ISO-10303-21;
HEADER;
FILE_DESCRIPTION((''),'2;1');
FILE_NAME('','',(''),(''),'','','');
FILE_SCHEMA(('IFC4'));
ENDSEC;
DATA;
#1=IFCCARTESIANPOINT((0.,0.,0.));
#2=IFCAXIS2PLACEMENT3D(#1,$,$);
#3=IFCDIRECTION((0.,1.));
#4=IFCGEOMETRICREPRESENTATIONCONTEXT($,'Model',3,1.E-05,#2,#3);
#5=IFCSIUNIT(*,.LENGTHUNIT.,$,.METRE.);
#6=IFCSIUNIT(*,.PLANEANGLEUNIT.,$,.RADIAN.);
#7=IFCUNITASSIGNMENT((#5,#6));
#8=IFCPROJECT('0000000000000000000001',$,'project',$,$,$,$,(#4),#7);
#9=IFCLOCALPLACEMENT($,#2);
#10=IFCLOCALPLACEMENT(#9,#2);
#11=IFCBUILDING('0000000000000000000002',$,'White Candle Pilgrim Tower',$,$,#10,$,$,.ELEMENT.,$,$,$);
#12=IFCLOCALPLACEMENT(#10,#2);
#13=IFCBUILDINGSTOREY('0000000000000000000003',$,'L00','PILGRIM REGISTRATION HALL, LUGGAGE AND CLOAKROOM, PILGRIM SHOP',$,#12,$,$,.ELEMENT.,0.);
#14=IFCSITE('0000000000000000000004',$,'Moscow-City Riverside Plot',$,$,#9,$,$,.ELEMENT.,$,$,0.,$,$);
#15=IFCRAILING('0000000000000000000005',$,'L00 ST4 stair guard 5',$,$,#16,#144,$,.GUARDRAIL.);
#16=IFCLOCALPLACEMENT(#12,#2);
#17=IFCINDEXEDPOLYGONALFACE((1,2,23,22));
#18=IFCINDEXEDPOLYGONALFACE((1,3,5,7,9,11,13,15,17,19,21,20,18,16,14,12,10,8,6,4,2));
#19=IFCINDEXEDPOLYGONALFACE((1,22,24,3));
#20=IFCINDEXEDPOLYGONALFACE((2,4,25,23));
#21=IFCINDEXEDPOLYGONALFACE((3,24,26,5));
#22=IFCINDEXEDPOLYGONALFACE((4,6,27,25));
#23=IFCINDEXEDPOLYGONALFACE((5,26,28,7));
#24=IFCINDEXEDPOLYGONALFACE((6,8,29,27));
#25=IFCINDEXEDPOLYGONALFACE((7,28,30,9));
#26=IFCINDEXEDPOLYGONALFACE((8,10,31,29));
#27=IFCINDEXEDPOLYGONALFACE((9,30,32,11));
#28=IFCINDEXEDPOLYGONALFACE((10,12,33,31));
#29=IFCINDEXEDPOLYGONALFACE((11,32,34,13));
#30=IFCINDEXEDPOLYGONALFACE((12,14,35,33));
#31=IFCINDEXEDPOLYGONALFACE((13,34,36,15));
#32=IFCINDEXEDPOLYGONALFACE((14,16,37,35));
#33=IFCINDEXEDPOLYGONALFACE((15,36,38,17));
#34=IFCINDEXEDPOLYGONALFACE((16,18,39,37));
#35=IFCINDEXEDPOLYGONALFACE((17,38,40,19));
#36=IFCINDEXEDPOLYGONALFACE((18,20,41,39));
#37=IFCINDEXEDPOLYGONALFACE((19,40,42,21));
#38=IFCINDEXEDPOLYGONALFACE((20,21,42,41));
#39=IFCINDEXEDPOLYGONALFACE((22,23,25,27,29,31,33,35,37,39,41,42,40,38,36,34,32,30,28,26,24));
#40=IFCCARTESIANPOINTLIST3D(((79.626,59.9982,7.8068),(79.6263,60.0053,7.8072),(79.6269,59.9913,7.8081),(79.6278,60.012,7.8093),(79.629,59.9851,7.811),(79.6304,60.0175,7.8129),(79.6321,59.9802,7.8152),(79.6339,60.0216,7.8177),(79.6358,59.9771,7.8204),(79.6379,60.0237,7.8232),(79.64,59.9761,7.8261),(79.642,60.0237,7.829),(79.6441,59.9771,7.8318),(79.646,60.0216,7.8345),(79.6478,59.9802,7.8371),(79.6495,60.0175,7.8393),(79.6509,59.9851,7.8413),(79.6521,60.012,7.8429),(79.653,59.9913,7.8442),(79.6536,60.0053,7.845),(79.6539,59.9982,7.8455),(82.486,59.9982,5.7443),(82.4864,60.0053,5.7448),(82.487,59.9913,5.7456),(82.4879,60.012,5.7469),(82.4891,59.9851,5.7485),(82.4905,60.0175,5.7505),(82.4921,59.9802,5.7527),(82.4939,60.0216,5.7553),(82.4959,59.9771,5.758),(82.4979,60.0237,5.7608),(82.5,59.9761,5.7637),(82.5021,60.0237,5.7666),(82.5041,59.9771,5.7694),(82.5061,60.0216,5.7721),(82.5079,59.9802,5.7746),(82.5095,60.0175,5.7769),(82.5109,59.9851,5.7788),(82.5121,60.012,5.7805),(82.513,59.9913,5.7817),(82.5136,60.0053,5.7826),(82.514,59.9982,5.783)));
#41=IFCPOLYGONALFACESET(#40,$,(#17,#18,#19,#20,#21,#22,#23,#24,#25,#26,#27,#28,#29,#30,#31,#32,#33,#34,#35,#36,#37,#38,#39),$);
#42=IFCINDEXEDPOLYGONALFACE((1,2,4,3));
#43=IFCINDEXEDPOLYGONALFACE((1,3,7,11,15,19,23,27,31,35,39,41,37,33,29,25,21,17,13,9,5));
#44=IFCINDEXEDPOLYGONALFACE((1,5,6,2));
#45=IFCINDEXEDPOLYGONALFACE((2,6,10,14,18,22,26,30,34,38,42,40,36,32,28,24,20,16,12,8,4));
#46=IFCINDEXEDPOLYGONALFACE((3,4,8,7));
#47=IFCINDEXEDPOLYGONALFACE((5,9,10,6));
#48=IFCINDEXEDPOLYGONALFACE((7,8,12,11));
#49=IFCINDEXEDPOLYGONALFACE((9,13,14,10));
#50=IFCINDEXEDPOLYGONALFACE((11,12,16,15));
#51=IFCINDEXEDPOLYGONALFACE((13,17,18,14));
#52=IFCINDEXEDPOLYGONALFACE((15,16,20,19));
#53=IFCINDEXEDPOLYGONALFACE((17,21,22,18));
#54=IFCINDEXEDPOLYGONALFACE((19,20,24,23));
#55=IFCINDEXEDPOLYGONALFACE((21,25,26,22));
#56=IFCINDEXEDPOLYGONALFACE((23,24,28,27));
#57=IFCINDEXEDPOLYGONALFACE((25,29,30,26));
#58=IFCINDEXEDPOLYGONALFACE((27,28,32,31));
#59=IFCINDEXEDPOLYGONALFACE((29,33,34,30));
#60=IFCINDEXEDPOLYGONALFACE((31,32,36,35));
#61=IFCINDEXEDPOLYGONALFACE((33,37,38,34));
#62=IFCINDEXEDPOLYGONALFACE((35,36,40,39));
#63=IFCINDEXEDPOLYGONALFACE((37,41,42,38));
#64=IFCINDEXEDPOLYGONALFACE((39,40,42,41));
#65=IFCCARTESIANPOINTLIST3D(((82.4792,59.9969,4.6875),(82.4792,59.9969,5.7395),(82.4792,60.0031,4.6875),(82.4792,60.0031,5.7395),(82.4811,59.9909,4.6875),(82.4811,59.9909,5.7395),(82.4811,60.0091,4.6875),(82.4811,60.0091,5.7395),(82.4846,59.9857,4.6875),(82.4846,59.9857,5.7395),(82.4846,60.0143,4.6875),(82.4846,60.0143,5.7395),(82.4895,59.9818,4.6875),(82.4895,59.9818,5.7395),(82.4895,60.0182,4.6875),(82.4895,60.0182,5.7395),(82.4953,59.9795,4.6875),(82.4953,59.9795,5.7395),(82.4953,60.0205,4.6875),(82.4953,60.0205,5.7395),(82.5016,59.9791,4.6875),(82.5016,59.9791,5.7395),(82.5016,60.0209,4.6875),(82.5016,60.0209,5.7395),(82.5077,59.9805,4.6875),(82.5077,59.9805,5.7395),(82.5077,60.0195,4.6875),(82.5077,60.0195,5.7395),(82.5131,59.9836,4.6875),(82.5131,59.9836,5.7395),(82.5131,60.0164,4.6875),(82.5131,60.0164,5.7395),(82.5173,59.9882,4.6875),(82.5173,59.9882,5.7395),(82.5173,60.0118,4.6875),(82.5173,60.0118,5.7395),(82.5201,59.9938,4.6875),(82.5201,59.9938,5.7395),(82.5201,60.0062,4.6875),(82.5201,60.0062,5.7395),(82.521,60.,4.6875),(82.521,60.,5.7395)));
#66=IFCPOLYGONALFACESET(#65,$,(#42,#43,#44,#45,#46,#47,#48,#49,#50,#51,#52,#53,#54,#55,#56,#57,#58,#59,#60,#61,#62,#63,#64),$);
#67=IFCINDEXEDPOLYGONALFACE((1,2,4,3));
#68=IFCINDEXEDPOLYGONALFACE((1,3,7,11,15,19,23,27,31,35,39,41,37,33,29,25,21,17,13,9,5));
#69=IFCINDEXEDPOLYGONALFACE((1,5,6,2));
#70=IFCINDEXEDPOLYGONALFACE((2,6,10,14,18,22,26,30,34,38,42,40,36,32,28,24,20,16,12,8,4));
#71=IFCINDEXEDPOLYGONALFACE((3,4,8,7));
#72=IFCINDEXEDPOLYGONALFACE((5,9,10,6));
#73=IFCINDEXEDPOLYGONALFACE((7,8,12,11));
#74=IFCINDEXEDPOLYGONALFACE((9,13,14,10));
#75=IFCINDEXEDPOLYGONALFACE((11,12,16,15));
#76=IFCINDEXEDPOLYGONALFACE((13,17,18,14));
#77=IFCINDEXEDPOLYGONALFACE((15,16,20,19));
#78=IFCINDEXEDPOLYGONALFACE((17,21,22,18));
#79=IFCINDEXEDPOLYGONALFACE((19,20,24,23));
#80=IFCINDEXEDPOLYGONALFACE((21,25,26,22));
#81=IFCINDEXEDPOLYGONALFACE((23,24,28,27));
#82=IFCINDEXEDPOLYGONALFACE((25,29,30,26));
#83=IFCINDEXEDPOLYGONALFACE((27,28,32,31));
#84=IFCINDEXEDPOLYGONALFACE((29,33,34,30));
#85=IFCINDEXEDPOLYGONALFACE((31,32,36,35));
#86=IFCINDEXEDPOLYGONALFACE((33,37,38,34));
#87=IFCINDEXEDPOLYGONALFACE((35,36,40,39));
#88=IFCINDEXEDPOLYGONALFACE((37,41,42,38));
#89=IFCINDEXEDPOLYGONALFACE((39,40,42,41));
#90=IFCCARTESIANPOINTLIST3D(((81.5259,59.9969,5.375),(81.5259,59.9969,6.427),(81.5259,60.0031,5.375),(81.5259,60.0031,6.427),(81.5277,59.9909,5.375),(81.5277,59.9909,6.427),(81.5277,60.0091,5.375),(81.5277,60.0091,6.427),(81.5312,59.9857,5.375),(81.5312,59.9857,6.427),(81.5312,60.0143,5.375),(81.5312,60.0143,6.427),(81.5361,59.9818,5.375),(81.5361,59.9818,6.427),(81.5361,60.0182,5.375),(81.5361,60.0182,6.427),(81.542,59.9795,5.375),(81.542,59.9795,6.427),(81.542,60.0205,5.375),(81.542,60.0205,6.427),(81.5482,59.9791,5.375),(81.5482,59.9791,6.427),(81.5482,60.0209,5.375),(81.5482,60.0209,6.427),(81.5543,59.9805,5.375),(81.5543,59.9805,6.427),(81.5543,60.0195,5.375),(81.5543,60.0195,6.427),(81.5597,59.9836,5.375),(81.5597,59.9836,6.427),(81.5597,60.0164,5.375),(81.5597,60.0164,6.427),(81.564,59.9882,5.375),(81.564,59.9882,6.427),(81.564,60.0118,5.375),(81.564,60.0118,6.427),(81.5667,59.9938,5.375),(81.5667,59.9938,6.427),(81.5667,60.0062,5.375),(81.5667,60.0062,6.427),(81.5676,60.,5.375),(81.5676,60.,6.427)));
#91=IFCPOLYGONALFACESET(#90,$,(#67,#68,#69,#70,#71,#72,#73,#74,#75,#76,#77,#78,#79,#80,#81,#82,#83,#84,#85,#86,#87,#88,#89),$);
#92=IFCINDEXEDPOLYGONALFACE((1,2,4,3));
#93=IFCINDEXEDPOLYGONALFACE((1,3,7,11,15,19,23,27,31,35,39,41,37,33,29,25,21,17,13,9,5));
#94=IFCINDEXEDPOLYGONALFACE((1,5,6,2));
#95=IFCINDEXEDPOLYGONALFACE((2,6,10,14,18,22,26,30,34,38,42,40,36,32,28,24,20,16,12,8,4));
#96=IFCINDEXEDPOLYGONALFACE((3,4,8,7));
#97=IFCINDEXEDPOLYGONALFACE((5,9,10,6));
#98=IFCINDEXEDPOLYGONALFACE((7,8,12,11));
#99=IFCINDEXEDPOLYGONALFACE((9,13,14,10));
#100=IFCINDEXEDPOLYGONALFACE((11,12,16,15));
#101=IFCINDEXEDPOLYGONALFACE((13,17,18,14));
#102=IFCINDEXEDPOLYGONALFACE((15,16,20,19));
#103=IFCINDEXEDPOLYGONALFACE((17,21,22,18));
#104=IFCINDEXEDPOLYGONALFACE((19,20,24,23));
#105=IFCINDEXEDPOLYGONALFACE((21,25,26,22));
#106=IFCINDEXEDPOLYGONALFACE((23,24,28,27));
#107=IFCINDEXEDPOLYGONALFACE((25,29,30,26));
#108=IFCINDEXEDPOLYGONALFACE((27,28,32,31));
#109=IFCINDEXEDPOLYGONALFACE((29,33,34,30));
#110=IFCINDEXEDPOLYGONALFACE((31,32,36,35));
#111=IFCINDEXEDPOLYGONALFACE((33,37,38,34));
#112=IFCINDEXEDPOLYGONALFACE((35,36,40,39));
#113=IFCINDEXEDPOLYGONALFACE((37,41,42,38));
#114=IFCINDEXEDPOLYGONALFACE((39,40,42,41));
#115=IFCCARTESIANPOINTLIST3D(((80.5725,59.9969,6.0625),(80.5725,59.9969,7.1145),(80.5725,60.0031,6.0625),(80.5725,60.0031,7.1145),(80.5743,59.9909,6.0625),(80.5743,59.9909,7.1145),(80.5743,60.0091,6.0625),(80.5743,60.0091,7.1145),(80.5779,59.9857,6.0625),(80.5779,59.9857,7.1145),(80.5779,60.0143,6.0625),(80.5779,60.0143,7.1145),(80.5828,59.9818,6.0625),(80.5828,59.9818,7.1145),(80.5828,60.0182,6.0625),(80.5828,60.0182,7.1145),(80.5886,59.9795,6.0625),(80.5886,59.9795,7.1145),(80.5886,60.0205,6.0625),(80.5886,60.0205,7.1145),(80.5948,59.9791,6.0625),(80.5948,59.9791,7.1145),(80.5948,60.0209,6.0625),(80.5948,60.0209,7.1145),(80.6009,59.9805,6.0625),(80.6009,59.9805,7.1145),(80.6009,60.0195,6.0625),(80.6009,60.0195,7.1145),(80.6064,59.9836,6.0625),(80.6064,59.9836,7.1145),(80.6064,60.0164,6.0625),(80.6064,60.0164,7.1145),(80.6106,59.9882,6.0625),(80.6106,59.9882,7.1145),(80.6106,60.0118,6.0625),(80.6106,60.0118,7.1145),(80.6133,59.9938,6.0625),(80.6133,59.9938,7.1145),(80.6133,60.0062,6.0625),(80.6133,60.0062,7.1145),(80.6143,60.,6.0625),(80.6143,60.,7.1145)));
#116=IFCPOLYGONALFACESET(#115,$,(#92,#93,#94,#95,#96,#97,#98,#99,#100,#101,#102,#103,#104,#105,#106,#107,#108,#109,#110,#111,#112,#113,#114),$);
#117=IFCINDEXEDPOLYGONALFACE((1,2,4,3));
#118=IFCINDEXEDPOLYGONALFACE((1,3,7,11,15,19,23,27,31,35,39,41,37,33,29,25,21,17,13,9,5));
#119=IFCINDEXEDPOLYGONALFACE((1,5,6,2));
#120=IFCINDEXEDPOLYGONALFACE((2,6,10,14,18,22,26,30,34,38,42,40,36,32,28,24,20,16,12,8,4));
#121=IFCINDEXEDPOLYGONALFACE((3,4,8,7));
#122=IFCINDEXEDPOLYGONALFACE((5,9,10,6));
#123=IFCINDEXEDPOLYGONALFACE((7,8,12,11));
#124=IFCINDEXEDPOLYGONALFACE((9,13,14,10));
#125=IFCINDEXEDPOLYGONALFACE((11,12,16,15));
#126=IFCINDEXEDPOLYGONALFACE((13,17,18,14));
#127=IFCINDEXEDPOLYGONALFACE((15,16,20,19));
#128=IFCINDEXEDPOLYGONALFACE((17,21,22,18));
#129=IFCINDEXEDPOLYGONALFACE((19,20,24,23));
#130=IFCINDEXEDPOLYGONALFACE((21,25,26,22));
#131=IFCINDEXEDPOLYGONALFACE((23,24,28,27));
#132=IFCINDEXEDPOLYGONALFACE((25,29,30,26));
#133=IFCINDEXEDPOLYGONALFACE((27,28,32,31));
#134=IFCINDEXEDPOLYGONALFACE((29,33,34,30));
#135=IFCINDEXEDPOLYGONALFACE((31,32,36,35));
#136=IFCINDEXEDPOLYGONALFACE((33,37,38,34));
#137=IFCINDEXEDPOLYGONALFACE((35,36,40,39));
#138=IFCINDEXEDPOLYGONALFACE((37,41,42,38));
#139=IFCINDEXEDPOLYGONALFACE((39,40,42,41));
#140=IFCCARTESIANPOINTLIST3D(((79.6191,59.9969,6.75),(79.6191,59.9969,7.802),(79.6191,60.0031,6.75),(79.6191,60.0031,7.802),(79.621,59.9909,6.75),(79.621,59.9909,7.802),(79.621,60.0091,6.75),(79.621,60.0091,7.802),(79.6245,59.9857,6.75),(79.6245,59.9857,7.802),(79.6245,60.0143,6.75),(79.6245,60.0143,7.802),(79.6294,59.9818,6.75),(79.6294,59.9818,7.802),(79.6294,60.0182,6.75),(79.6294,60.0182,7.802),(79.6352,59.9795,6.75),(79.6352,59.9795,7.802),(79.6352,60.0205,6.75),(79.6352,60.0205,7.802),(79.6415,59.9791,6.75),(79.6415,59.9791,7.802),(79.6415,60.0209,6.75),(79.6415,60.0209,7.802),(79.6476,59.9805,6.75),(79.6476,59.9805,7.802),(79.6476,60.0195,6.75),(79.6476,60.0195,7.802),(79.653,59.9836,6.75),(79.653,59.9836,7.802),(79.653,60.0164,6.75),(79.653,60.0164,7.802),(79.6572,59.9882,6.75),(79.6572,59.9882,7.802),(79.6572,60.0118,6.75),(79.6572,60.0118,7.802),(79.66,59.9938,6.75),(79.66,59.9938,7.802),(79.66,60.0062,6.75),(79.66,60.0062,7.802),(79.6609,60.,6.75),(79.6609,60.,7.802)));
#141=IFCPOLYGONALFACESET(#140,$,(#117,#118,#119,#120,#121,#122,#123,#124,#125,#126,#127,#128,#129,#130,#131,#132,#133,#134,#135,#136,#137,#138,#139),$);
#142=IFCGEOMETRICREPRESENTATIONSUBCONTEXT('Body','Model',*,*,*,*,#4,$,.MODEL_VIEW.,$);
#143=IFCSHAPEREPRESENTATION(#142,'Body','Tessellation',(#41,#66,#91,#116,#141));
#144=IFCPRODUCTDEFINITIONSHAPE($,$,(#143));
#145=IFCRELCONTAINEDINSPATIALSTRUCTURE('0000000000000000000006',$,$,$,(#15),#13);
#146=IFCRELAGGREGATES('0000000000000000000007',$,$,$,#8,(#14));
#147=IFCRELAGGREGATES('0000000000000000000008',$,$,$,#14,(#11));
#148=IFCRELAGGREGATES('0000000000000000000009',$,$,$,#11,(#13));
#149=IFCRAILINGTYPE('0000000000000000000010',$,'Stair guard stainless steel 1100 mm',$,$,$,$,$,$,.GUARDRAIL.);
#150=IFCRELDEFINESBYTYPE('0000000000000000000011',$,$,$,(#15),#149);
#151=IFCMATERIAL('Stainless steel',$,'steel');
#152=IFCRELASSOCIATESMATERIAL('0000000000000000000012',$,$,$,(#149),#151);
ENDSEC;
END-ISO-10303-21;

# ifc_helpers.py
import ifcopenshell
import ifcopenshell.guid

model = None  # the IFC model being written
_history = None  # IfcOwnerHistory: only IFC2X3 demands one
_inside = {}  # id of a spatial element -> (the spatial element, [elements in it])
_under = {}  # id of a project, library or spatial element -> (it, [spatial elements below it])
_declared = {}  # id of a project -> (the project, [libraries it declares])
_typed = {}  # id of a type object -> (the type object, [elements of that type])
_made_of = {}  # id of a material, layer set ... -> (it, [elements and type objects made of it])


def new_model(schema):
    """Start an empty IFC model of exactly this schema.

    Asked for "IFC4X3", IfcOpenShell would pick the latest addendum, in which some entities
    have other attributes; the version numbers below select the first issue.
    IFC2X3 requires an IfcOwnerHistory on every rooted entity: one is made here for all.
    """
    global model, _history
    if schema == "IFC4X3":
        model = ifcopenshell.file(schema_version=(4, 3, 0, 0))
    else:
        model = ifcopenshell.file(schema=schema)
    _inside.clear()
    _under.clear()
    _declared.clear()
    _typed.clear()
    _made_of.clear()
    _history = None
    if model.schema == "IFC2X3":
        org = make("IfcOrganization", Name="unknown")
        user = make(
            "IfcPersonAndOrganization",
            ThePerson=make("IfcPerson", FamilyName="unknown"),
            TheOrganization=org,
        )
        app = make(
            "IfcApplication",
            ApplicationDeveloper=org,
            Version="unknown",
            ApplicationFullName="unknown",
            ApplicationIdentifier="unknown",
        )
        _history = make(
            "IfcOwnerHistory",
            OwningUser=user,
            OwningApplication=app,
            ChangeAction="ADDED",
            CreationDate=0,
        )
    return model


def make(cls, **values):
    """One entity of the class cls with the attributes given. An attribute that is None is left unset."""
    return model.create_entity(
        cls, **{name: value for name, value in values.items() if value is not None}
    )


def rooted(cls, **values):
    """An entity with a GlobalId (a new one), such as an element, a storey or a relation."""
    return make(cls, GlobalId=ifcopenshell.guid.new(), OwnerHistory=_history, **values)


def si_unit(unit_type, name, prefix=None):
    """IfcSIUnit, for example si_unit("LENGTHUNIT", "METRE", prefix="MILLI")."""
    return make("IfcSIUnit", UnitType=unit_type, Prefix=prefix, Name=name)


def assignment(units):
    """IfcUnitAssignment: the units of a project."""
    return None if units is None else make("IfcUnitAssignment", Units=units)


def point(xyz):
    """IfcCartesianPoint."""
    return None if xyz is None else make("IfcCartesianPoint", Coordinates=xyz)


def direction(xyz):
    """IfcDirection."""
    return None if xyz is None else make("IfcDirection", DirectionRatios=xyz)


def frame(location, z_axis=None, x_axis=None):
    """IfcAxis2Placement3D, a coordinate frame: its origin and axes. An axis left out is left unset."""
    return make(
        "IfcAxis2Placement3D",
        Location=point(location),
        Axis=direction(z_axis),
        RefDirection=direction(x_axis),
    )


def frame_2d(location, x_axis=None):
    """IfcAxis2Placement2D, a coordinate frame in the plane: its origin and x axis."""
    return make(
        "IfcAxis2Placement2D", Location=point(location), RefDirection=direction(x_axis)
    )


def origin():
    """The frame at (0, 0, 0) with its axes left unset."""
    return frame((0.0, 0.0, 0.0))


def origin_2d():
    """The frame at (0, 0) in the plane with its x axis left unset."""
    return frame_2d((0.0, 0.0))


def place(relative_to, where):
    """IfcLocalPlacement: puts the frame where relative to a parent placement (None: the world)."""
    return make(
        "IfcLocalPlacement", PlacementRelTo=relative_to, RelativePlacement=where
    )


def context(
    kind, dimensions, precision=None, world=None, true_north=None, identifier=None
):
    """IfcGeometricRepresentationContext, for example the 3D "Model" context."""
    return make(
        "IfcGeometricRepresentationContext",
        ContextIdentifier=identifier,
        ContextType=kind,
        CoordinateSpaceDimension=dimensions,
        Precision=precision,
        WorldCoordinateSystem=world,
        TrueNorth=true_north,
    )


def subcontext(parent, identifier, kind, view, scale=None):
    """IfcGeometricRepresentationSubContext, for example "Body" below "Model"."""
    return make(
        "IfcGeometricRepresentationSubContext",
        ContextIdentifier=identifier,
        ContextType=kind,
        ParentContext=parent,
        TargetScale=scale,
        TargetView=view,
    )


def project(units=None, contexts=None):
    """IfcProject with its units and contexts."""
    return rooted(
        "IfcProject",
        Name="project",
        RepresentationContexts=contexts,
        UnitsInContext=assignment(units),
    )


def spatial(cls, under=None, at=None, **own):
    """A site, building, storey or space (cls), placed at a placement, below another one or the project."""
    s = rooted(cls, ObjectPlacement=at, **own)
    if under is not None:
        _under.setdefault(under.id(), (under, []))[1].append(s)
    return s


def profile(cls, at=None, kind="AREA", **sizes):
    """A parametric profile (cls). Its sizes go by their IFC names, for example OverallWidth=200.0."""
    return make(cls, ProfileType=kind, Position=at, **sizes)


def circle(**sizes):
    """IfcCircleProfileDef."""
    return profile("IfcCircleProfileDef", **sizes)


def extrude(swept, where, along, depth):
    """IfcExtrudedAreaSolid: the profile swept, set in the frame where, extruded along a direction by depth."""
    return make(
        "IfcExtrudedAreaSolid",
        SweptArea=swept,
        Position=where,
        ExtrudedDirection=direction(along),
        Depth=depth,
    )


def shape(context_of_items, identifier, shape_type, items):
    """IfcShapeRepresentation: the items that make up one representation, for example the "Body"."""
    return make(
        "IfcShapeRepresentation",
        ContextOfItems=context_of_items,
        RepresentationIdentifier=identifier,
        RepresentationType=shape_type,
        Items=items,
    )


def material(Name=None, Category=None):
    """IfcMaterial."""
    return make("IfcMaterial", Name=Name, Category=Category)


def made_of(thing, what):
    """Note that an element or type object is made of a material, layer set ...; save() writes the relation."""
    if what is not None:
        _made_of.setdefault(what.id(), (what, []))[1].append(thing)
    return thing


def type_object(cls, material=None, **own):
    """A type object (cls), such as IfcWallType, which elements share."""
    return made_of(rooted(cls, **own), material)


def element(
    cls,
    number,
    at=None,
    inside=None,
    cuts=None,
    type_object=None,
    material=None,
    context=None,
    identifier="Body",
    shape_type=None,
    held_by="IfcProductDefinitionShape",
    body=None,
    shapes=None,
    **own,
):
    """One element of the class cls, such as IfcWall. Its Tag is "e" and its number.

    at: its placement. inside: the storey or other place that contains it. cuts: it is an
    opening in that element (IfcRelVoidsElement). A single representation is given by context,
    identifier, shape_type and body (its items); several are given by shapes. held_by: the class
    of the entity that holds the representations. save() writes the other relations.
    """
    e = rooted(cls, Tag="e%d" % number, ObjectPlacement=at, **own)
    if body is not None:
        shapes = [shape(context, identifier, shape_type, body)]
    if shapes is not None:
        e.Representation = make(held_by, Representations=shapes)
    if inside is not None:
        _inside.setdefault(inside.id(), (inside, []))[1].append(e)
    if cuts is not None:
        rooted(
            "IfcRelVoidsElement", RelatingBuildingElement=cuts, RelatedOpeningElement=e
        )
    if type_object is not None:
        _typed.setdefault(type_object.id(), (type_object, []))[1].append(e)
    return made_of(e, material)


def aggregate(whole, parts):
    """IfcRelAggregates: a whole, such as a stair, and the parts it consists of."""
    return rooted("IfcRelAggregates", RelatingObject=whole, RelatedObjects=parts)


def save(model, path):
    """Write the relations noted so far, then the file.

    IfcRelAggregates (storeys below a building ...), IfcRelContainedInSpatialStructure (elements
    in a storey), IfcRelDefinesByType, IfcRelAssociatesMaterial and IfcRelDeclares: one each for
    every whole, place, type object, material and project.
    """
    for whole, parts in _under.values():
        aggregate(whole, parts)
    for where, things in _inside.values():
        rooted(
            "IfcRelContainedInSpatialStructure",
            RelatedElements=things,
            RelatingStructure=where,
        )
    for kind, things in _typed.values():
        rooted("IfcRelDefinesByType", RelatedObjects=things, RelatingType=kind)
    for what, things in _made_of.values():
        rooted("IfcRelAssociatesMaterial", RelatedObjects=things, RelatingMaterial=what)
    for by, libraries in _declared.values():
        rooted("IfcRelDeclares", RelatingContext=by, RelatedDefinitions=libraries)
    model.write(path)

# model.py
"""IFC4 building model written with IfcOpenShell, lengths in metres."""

from ifc_helpers import new_model, si_unit, direction, frame, origin, origin_2d, place, context, subcontext, project, spatial, circle, extrude, material, type_object, element, save


model = new_model("IFC4")

# Units and contexts
model_context = context("Model", 3, precision=1e-05, world=origin(), true_north=direction((0.0, 1.0)))
body_context = subcontext(model_context, "Body", "Model", "MODEL_VIEW")
ifc_project = project(units=[si_unit("LENGTHUNIT", "METRE"), si_unit("PLANEANGLEUNIT", "RADIAN")], contexts=[model_context])

# Site, building, storey
site_placement = place(None, origin())
site = spatial("IfcSite", under=ifc_project, at=site_placement, Name="Moscow-City Riverside Plot", CompositionType="ELEMENT", RefElevation=0.0)
building_placement = place(site_placement, origin())
building = spatial("IfcBuilding", under=site, at=building_placement, Name="White Candle Pilgrim Tower", CompositionType="ELEMENT")
storey_placement = place(building_placement, origin())
storey = spatial("IfcBuildingStorey", under=building, at=storey_placement, Name="L00", Description="PILGRIM REGISTRATION HALL, LUGGAGE AND CLOAKROOM, PILGRIM SHOP", CompositionType="ELEMENT", Elevation=0.0)

# Railing
ifc_material_1 = material(Name="Stainless steel", Category="steel")
railing_type_1 = type_object("IfcRailingType", Name="Stair guard stainless steel 1100 mm", PredefinedType="GUARDRAIL", material=ifc_material_1)
railing_1_placement = place(storey_placement, frame((82.5, 60.0, 4.6875)))
element("IfcRailing", 1, at=railing_1_placement, inside=storey, type_object=railing_type_1, Name="L00 ST4 stair guard 5", PredefinedType="GUARDRAIL", context=body_context, shape_type="SweptSolid", body=[
    extrude(circle(Radius=0.0239, at=origin_2d()), frame((0.0, 0.0, 1.0762), z_axis=(-0.811101, 0.0, 0.584906), x_axis=(0.0, -1.0, 0.0)), (0.0, 0.0, 1.0), 3.5261),
    extrude(circle(Radius=0.021, at=origin_2d()), origin(), (0.0, 0.0, 1.0), 1.052),
    extrude(circle(Radius=0.021, at=origin_2d()), frame((-0.9534, 0.0, 0.6875)), (0.0, 0.0, 1.0), 1.052),
    extrude(circle(Radius=0.021, at=origin_2d()), frame((-1.9067, 0.0, 1.375)), (0.0, 0.0, 1.0), 1.052),
    extrude(circle(Radius=0.021, at=origin_2d()), frame((-2.8601, 0.0, 2.0625)), (0.0, 0.0, 1.0), 1.052),
])

save(model, "model.ifc")
